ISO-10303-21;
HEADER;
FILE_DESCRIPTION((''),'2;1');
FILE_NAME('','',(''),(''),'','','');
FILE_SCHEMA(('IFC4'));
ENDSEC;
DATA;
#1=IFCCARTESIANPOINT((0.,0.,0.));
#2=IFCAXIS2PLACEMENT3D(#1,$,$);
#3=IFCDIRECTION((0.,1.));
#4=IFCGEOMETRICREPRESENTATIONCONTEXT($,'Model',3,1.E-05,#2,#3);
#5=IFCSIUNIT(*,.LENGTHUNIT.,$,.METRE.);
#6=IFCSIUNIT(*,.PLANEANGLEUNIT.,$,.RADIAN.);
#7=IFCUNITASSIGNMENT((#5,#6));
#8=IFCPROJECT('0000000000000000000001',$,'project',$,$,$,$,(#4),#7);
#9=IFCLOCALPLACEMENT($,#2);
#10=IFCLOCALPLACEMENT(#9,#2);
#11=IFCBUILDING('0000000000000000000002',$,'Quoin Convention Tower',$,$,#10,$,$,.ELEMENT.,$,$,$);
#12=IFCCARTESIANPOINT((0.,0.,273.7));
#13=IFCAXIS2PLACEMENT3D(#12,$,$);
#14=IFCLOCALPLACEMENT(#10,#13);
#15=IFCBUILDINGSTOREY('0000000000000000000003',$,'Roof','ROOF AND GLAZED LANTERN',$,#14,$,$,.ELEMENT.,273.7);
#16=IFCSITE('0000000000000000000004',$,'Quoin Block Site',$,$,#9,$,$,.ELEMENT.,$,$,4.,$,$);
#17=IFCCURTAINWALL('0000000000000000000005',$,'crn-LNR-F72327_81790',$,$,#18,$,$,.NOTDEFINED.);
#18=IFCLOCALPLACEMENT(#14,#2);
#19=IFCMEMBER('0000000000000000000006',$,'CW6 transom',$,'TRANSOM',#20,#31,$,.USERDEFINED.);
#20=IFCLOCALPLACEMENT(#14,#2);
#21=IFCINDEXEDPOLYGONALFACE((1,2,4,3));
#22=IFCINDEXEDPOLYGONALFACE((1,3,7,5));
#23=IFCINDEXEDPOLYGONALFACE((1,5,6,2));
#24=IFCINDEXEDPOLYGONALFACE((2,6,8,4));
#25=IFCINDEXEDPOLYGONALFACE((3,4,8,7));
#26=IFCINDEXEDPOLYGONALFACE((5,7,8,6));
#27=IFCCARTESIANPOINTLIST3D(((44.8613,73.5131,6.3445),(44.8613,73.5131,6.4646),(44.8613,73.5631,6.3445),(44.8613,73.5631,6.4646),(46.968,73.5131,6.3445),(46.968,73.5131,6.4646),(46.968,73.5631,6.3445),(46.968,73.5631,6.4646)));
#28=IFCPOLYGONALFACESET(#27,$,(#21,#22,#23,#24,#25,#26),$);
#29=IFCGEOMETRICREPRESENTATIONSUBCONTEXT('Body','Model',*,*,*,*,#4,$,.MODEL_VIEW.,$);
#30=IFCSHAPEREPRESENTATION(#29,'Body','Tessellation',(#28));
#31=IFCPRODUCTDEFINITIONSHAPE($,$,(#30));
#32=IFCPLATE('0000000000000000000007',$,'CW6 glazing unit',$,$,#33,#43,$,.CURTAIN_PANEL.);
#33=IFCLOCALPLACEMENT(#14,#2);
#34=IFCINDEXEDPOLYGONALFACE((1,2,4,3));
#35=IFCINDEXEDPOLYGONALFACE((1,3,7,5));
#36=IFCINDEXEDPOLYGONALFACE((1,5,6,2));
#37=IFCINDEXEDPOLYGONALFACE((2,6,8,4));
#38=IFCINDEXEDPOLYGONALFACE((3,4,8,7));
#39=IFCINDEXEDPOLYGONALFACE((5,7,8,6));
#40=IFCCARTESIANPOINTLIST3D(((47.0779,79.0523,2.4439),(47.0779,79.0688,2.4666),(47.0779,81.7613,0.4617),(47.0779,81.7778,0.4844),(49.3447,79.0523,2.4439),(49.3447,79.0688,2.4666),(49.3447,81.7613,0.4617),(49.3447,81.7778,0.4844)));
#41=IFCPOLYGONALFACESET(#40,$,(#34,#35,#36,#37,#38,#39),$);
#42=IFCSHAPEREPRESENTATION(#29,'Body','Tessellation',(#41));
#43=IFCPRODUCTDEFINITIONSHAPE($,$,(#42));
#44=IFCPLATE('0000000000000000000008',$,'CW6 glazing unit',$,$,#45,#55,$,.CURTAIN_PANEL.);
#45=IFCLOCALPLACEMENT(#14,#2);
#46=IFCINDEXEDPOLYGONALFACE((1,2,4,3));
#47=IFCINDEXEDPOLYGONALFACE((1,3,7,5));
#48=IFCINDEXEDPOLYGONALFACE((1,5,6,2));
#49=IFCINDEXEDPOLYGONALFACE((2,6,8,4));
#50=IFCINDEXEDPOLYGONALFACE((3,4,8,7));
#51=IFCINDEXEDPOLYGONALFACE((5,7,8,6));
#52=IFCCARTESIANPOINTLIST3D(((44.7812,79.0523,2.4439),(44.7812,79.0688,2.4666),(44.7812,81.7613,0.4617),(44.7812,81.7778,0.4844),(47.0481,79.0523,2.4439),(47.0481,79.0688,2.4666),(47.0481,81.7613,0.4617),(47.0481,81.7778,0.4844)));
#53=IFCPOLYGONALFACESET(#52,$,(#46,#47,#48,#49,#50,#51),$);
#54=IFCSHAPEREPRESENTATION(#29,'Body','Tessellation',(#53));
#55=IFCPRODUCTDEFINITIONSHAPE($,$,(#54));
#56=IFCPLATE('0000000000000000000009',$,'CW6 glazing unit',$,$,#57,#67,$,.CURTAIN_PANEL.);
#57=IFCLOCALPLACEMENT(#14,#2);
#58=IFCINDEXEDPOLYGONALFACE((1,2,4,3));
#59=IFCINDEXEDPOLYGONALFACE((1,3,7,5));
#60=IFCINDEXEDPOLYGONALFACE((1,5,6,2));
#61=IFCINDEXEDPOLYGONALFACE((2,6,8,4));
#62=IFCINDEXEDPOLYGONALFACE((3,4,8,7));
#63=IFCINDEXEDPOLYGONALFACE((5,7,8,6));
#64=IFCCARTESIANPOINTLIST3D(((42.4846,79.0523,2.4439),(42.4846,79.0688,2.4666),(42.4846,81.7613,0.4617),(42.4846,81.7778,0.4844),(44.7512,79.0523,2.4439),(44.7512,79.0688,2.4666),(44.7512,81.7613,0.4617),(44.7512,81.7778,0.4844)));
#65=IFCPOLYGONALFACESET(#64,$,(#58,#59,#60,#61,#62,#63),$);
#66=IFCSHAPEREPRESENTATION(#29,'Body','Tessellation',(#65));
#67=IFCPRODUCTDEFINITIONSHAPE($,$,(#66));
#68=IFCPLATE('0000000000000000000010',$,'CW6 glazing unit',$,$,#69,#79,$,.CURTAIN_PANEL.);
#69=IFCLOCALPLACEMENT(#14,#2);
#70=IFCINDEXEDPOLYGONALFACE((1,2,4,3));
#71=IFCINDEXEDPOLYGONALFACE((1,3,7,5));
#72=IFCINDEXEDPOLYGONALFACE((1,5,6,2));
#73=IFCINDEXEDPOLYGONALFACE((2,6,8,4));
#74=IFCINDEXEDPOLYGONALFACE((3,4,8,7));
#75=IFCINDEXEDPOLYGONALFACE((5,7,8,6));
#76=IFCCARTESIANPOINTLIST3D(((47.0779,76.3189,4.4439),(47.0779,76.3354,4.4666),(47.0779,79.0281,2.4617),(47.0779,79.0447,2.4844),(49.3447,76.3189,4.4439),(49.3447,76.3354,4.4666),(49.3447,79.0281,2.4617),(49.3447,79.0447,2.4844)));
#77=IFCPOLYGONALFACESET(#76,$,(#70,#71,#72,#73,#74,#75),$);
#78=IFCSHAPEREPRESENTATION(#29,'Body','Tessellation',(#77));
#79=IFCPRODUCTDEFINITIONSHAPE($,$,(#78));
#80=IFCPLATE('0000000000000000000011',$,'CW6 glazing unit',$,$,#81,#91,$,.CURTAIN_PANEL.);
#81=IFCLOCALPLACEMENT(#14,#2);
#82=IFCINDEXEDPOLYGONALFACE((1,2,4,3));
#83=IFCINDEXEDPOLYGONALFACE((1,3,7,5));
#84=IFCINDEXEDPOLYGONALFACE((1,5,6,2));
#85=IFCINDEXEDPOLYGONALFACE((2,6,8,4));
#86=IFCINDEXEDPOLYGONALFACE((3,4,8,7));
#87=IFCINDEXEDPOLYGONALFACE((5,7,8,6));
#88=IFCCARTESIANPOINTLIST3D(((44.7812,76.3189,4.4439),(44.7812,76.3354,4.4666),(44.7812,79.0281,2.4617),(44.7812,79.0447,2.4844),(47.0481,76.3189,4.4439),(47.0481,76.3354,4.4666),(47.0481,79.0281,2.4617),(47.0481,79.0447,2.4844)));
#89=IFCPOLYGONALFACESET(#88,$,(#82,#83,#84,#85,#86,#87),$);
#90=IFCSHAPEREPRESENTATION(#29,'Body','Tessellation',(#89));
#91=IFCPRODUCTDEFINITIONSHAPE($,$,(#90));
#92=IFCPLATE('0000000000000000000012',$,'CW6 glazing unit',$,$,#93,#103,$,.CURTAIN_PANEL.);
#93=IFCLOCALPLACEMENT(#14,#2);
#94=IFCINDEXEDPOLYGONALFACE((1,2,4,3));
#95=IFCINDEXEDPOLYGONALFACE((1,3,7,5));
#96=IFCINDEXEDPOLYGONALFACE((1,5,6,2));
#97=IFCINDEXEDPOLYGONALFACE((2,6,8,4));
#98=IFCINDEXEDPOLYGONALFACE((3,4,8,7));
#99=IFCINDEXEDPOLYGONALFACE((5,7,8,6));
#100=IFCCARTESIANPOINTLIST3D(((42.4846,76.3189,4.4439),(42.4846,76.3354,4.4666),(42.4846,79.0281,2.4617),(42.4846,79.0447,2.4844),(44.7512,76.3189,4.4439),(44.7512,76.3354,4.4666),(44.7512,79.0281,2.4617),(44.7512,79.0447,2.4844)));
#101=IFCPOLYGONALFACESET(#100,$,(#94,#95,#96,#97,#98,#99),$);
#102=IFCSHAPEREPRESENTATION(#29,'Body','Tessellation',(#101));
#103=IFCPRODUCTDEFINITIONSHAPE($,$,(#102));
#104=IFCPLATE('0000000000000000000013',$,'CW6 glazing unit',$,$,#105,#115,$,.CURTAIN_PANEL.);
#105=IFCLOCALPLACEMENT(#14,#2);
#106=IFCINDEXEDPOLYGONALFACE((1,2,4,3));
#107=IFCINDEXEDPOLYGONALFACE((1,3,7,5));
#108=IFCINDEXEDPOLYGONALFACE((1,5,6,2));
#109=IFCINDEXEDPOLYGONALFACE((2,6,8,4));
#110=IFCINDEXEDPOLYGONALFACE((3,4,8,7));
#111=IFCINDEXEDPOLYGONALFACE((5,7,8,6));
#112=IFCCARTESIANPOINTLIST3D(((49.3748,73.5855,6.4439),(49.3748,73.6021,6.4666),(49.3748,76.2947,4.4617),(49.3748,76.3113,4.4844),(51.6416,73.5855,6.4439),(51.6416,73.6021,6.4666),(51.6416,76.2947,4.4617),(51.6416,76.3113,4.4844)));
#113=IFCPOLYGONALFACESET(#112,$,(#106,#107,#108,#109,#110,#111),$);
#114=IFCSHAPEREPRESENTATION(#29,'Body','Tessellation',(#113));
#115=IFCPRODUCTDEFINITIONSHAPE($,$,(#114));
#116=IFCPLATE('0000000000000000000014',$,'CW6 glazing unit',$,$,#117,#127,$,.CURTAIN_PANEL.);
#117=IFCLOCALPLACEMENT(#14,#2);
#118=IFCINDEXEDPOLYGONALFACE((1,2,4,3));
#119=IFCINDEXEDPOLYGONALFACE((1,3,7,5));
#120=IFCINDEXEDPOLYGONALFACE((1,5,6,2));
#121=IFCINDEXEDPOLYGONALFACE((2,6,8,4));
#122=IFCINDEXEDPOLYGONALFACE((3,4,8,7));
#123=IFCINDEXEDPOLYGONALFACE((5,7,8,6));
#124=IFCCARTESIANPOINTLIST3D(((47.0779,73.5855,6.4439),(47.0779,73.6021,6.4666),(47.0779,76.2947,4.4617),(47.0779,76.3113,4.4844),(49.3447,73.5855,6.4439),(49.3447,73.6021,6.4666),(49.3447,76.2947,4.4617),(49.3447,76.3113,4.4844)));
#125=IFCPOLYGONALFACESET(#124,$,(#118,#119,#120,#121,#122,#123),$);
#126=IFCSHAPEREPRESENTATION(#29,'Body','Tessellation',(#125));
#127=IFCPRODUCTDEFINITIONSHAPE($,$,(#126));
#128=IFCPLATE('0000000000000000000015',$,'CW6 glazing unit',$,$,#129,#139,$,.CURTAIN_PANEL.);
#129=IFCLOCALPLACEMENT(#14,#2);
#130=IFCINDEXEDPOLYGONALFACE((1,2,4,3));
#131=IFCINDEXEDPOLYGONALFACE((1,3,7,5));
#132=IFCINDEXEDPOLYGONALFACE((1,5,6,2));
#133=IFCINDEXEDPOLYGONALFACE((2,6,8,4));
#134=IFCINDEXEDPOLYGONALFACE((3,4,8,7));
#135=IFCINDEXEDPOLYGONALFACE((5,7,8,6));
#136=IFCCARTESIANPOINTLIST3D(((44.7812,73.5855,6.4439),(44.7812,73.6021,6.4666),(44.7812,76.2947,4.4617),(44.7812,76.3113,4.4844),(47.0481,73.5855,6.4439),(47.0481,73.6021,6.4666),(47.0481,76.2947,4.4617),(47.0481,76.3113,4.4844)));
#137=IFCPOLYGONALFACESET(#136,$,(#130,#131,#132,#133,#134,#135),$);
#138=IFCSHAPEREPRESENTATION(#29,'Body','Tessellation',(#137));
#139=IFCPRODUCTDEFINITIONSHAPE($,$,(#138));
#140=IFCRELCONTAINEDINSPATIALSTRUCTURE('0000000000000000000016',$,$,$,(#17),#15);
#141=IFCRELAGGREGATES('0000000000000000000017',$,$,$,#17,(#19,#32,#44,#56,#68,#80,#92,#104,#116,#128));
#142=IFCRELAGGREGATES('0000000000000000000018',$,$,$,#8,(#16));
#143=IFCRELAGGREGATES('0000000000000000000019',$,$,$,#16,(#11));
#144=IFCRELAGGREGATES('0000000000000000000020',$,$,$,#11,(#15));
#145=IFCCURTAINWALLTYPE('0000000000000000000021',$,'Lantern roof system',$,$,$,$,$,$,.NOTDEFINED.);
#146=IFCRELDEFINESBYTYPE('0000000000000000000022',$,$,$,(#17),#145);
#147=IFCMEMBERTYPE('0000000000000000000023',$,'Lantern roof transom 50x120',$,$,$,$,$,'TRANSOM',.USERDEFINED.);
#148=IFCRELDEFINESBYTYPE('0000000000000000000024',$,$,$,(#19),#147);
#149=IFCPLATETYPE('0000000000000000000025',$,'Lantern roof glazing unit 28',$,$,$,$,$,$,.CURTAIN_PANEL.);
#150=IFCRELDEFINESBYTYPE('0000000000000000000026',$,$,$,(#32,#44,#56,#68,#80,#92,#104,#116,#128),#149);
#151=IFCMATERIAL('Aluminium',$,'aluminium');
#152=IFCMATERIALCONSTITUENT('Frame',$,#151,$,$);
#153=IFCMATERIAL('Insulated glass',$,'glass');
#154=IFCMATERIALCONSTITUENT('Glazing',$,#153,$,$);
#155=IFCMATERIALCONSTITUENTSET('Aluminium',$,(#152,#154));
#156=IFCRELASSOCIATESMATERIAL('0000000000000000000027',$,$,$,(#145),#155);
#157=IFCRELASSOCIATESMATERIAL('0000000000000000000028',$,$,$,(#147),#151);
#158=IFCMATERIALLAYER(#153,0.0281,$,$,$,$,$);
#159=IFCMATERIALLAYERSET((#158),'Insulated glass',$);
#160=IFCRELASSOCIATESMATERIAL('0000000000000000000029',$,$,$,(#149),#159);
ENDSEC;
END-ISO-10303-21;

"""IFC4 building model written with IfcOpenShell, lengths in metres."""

from ifc_helpers import new_model, si_unit, direction, frame, origin, origin_2d, place, context, subcontext, project, spatial, polyline, rectangle, outline, extrude, material, layer, layer_set, constituent, constituent_set, material_profile, profile_set, type_object, element, aggregate, save


model = new_model("IFC4")

# Units and contexts
model_context = context("Model", 3, precision=1e-05, world=origin(), true_north=direction((0.0, 1.0)))
body_context = subcontext(model_context, "Body", "Model", "MODEL_VIEW")
ifc_project = project(units=[si_unit("LENGTHUNIT", "METRE"), si_unit("PLANEANGLEUNIT", "RADIAN")], contexts=[model_context])

# Site, building, storey
site_placement = place(None, origin())
site = spatial("IfcSite", under=ifc_project, at=site_placement, Name="Quoin Block Site", CompositionType="ELEMENT", RefElevation=4.0)
building_placement = place(site_placement, origin())
building = spatial("IfcBuilding", under=site, at=building_placement, Name="Quoin Convention Tower", CompositionType="ELEMENT")
storey_placement = place(building_placement, frame((0.0, 0.0, 273.7)))
storey = spatial("IfcBuildingStorey", under=building, at=storey_placement, Name="Roof", Description="ROOF AND GLAZED LANTERN", CompositionType="ELEMENT", Elevation=273.7)

# Curtain wall
ifc_material_1 = material(Name="Aluminium", Category="aluminium")
ifc_constituent_1 = constituent(ifc_material_1, Name="Frame")
ifc_material_2 = material(Name="Insulated glass", Category="glass")
ifc_constituent_2 = constituent(ifc_material_2, Name="Glazing")
ifc_constituent_set = constituent_set(constituents=[ifc_constituent_1, ifc_constituent_2], Name="Aluminium")
curtain_wall_type = type_object("IfcCurtainWallType", Name="Lantern roof system", PredefinedType="NOTDEFINED", material=ifc_constituent_set)
curtain_wall_1_placement = place(storey_placement, origin())
curtain_wall_1 = element("IfcCurtainWall", 1, at=curtain_wall_1_placement, inside=storey, type_object=curtain_wall_type, Name="crn-LNR-F72327_81790", PredefinedType="NOTDEFINED")

# Member
ifc_material_profile_1 = material_profile(ifc_material_1, rectangle(XDim=0.1201, YDim=0.05, at=origin_2d()), Name="Lantern roof transom 50x120")
ifc_profile_set_1 = profile_set([ifc_material_profile_1], Name="Aluminium")
member_type_1 = type_object("IfcMemberType", Name="Lantern roof transom 50x120", ElementType="TRANSOM", PredefinedType="USERDEFINED", material=ifc_profile_set_1)
member_1_placement = place(storey_placement, frame((46.968, 73.5381, 6.4045), z_axis=(-1.0, 0.0, 0.0), x_axis=(0.0, 0.0, 1.0)))
member_1 = element("IfcMember", 2, at=member_1_placement, type_object=member_type_1, Name="CW6 transom", ObjectType="TRANSOM", PredefinedType="USERDEFINED", context=body_context, shape_type="SweptSolid", body=[
    extrude(rectangle(XDim=0.1201, YDim=0.05, at=origin_2d()), origin(), (0.0, 0.0, 1.0), 2.1067),
])

# Plates
ifc_layer = layer(ifc_material_2, 0.0281)
ifc_layer_set = layer_set([ifc_layer], Name="Insulated glass")
plate_type = type_object("IfcPlateType", Name="Lantern roof glazing unit 28", PredefinedType="CURTAIN_PANEL", material=ifc_layer_set)
plate_1_placement = place(storey_placement, frame((49.3447, 79.0688, 2.4666), z_axis=(0.0, 0.590509, 0.807031), x_axis=(-1.0, 0.0, 0.0)))
plate_1 = element("IfcPlate", 3, at=plate_1_placement, type_object=plate_type, Name="CW6 glazing unit", PredefinedType="CURTAIN_PANEL", context=body_context, shape_type="SweptSolid", body=[
    extrude(outline(polyline([(0.0, 0.0), (2.2668, 0.0), (2.2668, -3.3567), (0.0, -3.3567), (0.0, 0.0)])), origin(), (0.0, 0.0, -1.0), 0.0281),
])
plate_2_placement = place(storey_placement, frame((47.0481, 79.0688, 2.4666), z_axis=(0.0, 0.590509, 0.807031), x_axis=(-1.0, 0.0, 0.0)))
plate_2 = element("IfcPlate", 4, at=plate_2_placement, type_object=plate_type, Name="CW6 glazing unit", PredefinedType="CURTAIN_PANEL", context=body_context, shape_type="SweptSolid", body=[
    extrude(outline(polyline([(0.0, 0.0), (2.2668, 0.0), (2.2668, -3.3567), (0.0, -3.3567), (0.0, 0.0)])), origin(), (0.0, 0.0, -1.0), 0.0281),
])
plate_3_placement = place(storey_placement, frame((44.7512, 79.0688, 2.4666), z_axis=(0.0, 0.590509, 0.807031), x_axis=(-1.0, 0.0, 0.0)))
plate_3 = element("IfcPlate", 5, at=plate_3_placement, type_object=plate_type, Name="CW6 glazing unit", PredefinedType="CURTAIN_PANEL", context=body_context, shape_type="SweptSolid", body=[
    extrude(outline(polyline([(0.0, 0.0), (2.2666, 0.0), (2.2666, -3.3567), (0.0, -3.3567), (0.0, 0.0)])), origin(), (0.0, 0.0, -1.0), 0.0281),
])
plate_4_placement = place(storey_placement, frame((49.3447, 79.0447, 2.4844), z_axis=(0.0, 0.590474, 0.807057), x_axis=(0.0, -0.807057, 0.590474)))
plate_4 = element("IfcPlate", 6, at=plate_4_placement, type_object=plate_type, Name="CW6 glazing unit", PredefinedType="CURTAIN_PANEL", context=body_context, shape_type="SweptSolid", body=[
    extrude(outline(polyline([(0.0, 0.0), (3.3569, 0.0), (3.3569, -2.2668), (0.0, -2.2668), (0.0, 0.0)])), origin(), (0.0, 0.0, -1.0), 0.0281),
])
plate_5_placement = place(storey_placement, frame((47.0481, 79.0447, 2.4844), z_axis=(0.0, 0.590474, 0.807057), x_axis=(0.0, -0.807057, 0.590474)))
plate_5 = element("IfcPlate", 7, at=plate_5_placement, type_object=plate_type, Name="CW6 glazing unit", PredefinedType="CURTAIN_PANEL", context=body_context, shape_type="SweptSolid", body=[
    extrude(outline(polyline([(0.0, 0.0), (3.3569, 0.0), (3.3569, -2.2668), (0.0, -2.2668), (0.0, 0.0)])), origin(), (0.0, 0.0, -1.0), 0.0281),
])
plate_6_placement = place(storey_placement, frame((44.7512, 79.0447, 2.4844), z_axis=(0.0, 0.590474, 0.807057), x_axis=(0.0, -0.807057, 0.590474)))
plate_6 = element("IfcPlate", 8, at=plate_6_placement, type_object=plate_type, Name="CW6 glazing unit", PredefinedType="CURTAIN_PANEL", context=body_context, shape_type="SweptSolid", body=[
    extrude(outline(polyline([(0.0, 0.0), (3.3569, 0.0), (3.3569, -2.2666), (0.0, -2.2666), (0.0, 0.0)])), origin(), (0.0, 0.0, -1.0), 0.0281),
])
plate_7_placement = place(storey_placement, frame((49.3748, 76.3113, 4.4844), z_axis=(0.0, 0.590474, 0.807057), x_axis=(1.0, 0.0, 0.0)))
plate_7 = element("IfcPlate", 9, at=plate_7_placement, type_object=plate_type, Name="CW6 glazing unit", PredefinedType="CURTAIN_PANEL", context=body_context, shape_type="SweptSolid", body=[
    extrude(outline(polyline([(0.0, 0.0), (2.2668, 0.0), (2.2668, -3.3569), (0.0, -3.3569), (0.0, 0.0)])), origin(), (0.0, 0.0, -1.0), 0.0281),
])
plate_8_placement = place(storey_placement, frame((47.0779, 76.3113, 4.4844), z_axis=(0.0, 0.590474, 0.807057), x_axis=(1.0, 0.0, 0.0)))
plate_8 = element("IfcPlate", 10, at=plate_8_placement, type_object=plate_type, Name="CW6 glazing unit", PredefinedType="CURTAIN_PANEL", context=body_context, shape_type="SweptSolid", body=[
    extrude(outline(polyline([(0.0, 0.0), (2.2668, 0.0), (2.2668, -3.3569), (0.0, -3.3569), (0.0, 0.0)])), origin(), (0.0, 0.0, -1.0), 0.0281),
])
plate_9_placement = place(storey_placement, frame((44.7812, 76.3113, 4.4844), z_axis=(0.0, 0.590474, 0.807057), x_axis=(1.0, 0.0, 0.0)))
plate_9 = element("IfcPlate", 11, at=plate_9_placement, type_object=plate_type, Name="CW6 glazing unit", PredefinedType="CURTAIN_PANEL", context=body_context, shape_type="SweptSolid", body=[
    extrude(outline(polyline([(0.0, 0.0), (2.2668, 0.0), (2.2668, -3.3569), (0.0, -3.3569), (0.0, 0.0)])), origin(), (0.0, 0.0, -1.0), 0.0281),
])
aggregate(curtain_wall_1, [member_1, plate_1, plate_2, plate_3, plate_4, plate_5, plate_6, plate_7, plate_8, plate_9])

save(model, "model.ifc")
